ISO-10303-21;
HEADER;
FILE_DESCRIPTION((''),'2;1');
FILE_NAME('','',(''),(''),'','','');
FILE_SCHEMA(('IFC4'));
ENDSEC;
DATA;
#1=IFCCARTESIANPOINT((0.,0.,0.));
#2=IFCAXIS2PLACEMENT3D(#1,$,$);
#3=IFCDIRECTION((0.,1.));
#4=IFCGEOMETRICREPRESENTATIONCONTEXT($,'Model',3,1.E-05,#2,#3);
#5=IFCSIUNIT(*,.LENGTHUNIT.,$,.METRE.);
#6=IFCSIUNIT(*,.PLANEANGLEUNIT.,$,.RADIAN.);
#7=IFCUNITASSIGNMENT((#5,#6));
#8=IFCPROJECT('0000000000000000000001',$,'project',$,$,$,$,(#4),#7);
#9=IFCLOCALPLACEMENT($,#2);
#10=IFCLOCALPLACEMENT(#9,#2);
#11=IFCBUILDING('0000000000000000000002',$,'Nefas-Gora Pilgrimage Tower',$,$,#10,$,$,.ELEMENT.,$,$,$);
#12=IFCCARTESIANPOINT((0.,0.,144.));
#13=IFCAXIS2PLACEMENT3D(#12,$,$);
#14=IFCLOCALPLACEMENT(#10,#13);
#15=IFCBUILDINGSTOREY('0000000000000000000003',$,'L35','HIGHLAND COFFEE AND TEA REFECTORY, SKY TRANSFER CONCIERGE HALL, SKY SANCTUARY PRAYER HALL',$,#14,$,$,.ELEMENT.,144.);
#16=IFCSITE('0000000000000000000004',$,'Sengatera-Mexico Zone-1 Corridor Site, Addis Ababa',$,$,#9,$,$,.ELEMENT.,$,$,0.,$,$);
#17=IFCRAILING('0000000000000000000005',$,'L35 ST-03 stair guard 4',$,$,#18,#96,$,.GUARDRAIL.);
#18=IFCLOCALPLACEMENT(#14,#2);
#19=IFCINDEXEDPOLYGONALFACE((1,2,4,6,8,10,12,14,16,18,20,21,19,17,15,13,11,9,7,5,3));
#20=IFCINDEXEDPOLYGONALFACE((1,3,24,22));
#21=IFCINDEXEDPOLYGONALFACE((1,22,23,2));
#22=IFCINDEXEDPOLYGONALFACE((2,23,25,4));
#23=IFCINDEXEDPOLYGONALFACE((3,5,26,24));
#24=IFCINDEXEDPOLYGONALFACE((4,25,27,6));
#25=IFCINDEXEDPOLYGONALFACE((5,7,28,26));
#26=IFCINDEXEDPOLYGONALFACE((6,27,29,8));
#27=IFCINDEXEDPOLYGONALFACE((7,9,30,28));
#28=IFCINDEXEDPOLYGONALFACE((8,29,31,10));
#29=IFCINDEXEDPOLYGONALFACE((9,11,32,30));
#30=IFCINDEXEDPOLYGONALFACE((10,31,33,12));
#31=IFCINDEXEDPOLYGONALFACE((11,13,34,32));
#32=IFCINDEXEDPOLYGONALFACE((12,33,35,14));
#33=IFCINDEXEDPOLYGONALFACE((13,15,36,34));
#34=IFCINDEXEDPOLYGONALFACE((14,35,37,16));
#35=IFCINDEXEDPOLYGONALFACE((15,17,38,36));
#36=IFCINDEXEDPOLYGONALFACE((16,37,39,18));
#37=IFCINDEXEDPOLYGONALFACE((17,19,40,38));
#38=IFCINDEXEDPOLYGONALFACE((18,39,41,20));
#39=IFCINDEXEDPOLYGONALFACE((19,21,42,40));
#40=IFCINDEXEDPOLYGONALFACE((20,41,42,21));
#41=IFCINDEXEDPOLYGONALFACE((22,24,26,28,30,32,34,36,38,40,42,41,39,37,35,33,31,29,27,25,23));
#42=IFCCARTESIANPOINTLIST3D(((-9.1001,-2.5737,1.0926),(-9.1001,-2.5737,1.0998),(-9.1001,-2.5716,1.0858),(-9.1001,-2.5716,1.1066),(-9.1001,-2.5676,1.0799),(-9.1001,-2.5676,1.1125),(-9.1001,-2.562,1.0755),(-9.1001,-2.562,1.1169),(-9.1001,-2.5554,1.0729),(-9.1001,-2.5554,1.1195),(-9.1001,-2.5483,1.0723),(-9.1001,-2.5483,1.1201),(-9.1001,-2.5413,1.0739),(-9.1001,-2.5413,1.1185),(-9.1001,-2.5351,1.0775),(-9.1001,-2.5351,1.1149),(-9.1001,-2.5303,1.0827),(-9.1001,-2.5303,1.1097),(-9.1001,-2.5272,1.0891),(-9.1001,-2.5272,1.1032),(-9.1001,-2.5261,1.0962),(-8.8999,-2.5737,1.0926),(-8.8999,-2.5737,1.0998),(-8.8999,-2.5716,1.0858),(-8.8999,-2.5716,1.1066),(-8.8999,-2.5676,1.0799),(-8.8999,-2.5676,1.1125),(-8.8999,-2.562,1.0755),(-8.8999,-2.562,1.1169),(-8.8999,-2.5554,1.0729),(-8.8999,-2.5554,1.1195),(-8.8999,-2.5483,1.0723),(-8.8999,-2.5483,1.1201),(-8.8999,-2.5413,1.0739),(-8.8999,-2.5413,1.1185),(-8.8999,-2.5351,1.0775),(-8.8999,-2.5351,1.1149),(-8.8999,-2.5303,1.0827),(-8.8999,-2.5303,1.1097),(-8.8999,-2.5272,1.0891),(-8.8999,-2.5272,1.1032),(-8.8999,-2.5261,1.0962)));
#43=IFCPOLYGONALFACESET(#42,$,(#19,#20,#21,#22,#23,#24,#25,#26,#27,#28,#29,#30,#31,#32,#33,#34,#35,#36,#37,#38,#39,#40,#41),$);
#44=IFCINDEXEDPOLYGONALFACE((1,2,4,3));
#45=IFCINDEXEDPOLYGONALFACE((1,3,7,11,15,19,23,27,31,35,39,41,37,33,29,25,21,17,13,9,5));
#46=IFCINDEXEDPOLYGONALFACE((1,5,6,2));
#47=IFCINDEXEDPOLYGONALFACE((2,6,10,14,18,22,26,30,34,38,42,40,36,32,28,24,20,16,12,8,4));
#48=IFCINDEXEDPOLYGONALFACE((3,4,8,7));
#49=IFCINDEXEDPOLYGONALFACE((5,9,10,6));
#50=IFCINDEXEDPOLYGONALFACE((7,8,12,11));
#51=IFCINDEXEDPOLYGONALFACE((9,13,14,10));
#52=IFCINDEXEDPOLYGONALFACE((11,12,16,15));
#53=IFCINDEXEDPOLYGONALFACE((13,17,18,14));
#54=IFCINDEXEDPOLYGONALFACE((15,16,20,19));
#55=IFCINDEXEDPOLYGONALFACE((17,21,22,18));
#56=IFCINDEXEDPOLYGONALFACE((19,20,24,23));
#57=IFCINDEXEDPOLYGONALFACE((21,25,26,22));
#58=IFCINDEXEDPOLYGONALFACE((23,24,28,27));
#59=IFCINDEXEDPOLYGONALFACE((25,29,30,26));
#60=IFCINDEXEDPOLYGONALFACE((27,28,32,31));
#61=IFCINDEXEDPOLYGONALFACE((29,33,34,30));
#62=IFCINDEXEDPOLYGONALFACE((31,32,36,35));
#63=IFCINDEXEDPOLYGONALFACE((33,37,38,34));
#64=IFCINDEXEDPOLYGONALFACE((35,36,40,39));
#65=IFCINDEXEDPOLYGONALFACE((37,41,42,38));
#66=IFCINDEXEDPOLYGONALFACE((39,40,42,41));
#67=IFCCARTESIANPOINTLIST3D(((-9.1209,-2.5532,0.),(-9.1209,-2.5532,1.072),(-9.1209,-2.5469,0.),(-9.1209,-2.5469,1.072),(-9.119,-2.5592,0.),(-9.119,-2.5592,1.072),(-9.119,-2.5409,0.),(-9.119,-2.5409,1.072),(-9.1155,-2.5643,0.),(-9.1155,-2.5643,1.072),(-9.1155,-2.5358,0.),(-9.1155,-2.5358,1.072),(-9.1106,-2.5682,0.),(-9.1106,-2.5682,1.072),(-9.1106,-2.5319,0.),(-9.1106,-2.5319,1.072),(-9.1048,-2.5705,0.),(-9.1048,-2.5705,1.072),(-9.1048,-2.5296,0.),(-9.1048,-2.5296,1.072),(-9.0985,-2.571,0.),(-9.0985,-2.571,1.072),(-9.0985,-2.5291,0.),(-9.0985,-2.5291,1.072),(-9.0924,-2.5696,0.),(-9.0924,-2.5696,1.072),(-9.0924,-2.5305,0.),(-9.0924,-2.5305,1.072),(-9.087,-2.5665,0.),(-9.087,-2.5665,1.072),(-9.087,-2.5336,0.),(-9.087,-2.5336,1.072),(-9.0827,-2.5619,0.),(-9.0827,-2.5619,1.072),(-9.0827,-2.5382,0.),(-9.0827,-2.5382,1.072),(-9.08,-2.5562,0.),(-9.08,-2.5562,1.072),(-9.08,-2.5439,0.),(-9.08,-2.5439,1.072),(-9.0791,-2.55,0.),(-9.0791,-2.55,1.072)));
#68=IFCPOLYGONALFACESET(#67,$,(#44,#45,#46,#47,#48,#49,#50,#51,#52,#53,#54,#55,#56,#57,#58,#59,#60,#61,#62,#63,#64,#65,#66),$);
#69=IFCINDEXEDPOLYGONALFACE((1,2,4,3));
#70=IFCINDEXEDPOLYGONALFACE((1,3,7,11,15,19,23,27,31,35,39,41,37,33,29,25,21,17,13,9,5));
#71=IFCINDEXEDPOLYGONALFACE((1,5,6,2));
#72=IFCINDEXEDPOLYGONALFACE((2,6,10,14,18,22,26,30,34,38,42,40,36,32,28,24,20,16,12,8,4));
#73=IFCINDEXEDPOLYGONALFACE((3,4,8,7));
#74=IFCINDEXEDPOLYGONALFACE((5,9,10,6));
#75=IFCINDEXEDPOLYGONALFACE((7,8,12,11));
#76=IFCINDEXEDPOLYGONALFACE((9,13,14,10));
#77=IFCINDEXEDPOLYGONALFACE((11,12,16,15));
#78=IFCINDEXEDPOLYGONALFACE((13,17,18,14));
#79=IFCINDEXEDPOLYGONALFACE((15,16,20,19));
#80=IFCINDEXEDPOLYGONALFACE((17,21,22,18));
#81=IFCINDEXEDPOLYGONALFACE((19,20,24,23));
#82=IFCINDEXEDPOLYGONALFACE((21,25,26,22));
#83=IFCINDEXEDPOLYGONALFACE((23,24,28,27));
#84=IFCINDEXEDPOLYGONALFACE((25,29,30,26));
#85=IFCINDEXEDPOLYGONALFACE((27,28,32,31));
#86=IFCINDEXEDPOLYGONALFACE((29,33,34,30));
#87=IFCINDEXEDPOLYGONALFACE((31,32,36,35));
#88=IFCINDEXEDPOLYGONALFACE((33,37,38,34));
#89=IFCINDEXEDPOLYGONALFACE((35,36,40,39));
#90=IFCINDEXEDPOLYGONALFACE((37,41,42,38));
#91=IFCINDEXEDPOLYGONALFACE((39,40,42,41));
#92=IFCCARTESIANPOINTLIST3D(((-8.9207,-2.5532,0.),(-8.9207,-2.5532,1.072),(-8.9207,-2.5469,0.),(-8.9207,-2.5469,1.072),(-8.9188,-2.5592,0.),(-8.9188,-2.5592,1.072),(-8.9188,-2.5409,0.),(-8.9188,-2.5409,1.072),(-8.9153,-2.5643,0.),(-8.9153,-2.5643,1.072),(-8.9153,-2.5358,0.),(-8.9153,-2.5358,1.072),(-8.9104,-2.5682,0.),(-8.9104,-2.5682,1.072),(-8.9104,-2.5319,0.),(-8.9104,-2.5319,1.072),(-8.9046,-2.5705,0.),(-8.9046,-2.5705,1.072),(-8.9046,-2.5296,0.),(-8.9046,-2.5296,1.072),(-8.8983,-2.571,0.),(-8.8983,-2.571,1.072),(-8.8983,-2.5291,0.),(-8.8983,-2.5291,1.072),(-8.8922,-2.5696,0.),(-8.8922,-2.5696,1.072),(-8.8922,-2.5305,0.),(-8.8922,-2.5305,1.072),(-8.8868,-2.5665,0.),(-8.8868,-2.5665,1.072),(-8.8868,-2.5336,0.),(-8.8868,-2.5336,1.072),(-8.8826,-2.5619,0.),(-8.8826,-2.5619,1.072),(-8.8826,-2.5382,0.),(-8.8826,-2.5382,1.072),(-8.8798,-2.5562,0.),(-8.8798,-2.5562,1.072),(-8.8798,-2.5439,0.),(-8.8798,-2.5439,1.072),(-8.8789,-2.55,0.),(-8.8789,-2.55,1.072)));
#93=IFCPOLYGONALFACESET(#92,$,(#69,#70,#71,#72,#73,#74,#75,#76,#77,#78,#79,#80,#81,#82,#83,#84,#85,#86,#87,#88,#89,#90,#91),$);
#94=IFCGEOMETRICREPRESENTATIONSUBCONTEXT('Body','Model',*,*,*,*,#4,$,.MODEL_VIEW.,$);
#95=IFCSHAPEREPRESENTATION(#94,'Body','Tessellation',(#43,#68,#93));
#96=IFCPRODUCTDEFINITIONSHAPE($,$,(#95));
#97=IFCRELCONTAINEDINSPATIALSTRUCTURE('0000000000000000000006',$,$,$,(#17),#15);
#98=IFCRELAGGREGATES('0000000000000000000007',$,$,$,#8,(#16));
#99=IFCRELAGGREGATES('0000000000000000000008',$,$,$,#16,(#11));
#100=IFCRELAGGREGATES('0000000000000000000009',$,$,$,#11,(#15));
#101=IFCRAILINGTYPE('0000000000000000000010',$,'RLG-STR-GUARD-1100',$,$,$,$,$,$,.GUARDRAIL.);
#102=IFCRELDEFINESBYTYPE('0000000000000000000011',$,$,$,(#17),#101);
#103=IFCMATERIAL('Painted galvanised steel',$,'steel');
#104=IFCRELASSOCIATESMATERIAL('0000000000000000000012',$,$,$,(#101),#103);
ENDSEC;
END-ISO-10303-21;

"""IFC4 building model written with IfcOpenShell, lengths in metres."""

from ifc_helpers import new_model, si_unit, direction, frame, origin, origin_2d, place, context, subcontext, project, spatial, circle, extrude, material, type_object, element, save


model = new_model("IFC4")

# Units and contexts
model_context = context("Model", 3, precision=1e-05, world=origin(), true_north=direction((0.0, 1.0)))
body_context = subcontext(model_context, "Body", "Model", "MODEL_VIEW")
ifc_project = project(units=[si_unit("LENGTHUNIT", "METRE"), si_unit("PLANEANGLEUNIT", "RADIAN")], contexts=[model_context])

# Site, building, storey
site_placement = place(None, origin())
site = spatial("IfcSite", under=ifc_project, at=site_placement, Name="Sengatera-Mexico Zone-1 Corridor Site, Addis Ababa", CompositionType="ELEMENT", RefElevation=0.0)
building_placement = place(site_placement, origin())
building = spatial("IfcBuilding", under=site, at=building_placement, Name="Nefas-Gora Pilgrimage Tower", CompositionType="ELEMENT")
storey_placement = place(building_placement, frame((0.0, 0.0, 144.0)))
storey = spatial("IfcBuildingStorey", under=building, at=storey_placement, Name="L35", Description="HIGHLAND COFFEE AND TEA REFECTORY, SKY TRANSFER CONCIERGE HALL, SKY SANCTUARY PRAYER HALL", CompositionType="ELEMENT", Elevation=144.0)

# Railing
ifc_material_1 = material(Name="Painted galvanised steel", Category="steel")
railing_type_1 = type_object("IfcRailingType", Name="RLG-STR-GUARD-1100", PredefinedType="GUARDRAIL", material=ifc_material_1)
railing_1_placement = place(storey_placement, frame((-9.1001, -2.55, 0.0)))
element("IfcRailing", 1, at=railing_1_placement, inside=storey, type_object=railing_type_1, Name="L35 ST-03 stair guard 4", PredefinedType="GUARDRAIL", context=body_context, shape_type="SweptSolid", body=[
    extrude(circle(Radius=0.0239, at=origin_2d()), frame((0.0, 0.0, 1.0962), z_axis=(1.0, 0.0, 0.0), x_axis=(0.0, 1.0, 0.0)), (0.0, 0.0, 1.0), 0.2002),
    extrude(circle(Radius=0.021, at=origin_2d()), origin(), (0.0, 0.0, 1.0), 1.072),
    extrude(circle(Radius=0.021, at=origin_2d()), frame((0.2002, 0.0, 0.0)), (0.0, 0.0, 1.0), 1.072),
])

save(model, "model.ifc")
